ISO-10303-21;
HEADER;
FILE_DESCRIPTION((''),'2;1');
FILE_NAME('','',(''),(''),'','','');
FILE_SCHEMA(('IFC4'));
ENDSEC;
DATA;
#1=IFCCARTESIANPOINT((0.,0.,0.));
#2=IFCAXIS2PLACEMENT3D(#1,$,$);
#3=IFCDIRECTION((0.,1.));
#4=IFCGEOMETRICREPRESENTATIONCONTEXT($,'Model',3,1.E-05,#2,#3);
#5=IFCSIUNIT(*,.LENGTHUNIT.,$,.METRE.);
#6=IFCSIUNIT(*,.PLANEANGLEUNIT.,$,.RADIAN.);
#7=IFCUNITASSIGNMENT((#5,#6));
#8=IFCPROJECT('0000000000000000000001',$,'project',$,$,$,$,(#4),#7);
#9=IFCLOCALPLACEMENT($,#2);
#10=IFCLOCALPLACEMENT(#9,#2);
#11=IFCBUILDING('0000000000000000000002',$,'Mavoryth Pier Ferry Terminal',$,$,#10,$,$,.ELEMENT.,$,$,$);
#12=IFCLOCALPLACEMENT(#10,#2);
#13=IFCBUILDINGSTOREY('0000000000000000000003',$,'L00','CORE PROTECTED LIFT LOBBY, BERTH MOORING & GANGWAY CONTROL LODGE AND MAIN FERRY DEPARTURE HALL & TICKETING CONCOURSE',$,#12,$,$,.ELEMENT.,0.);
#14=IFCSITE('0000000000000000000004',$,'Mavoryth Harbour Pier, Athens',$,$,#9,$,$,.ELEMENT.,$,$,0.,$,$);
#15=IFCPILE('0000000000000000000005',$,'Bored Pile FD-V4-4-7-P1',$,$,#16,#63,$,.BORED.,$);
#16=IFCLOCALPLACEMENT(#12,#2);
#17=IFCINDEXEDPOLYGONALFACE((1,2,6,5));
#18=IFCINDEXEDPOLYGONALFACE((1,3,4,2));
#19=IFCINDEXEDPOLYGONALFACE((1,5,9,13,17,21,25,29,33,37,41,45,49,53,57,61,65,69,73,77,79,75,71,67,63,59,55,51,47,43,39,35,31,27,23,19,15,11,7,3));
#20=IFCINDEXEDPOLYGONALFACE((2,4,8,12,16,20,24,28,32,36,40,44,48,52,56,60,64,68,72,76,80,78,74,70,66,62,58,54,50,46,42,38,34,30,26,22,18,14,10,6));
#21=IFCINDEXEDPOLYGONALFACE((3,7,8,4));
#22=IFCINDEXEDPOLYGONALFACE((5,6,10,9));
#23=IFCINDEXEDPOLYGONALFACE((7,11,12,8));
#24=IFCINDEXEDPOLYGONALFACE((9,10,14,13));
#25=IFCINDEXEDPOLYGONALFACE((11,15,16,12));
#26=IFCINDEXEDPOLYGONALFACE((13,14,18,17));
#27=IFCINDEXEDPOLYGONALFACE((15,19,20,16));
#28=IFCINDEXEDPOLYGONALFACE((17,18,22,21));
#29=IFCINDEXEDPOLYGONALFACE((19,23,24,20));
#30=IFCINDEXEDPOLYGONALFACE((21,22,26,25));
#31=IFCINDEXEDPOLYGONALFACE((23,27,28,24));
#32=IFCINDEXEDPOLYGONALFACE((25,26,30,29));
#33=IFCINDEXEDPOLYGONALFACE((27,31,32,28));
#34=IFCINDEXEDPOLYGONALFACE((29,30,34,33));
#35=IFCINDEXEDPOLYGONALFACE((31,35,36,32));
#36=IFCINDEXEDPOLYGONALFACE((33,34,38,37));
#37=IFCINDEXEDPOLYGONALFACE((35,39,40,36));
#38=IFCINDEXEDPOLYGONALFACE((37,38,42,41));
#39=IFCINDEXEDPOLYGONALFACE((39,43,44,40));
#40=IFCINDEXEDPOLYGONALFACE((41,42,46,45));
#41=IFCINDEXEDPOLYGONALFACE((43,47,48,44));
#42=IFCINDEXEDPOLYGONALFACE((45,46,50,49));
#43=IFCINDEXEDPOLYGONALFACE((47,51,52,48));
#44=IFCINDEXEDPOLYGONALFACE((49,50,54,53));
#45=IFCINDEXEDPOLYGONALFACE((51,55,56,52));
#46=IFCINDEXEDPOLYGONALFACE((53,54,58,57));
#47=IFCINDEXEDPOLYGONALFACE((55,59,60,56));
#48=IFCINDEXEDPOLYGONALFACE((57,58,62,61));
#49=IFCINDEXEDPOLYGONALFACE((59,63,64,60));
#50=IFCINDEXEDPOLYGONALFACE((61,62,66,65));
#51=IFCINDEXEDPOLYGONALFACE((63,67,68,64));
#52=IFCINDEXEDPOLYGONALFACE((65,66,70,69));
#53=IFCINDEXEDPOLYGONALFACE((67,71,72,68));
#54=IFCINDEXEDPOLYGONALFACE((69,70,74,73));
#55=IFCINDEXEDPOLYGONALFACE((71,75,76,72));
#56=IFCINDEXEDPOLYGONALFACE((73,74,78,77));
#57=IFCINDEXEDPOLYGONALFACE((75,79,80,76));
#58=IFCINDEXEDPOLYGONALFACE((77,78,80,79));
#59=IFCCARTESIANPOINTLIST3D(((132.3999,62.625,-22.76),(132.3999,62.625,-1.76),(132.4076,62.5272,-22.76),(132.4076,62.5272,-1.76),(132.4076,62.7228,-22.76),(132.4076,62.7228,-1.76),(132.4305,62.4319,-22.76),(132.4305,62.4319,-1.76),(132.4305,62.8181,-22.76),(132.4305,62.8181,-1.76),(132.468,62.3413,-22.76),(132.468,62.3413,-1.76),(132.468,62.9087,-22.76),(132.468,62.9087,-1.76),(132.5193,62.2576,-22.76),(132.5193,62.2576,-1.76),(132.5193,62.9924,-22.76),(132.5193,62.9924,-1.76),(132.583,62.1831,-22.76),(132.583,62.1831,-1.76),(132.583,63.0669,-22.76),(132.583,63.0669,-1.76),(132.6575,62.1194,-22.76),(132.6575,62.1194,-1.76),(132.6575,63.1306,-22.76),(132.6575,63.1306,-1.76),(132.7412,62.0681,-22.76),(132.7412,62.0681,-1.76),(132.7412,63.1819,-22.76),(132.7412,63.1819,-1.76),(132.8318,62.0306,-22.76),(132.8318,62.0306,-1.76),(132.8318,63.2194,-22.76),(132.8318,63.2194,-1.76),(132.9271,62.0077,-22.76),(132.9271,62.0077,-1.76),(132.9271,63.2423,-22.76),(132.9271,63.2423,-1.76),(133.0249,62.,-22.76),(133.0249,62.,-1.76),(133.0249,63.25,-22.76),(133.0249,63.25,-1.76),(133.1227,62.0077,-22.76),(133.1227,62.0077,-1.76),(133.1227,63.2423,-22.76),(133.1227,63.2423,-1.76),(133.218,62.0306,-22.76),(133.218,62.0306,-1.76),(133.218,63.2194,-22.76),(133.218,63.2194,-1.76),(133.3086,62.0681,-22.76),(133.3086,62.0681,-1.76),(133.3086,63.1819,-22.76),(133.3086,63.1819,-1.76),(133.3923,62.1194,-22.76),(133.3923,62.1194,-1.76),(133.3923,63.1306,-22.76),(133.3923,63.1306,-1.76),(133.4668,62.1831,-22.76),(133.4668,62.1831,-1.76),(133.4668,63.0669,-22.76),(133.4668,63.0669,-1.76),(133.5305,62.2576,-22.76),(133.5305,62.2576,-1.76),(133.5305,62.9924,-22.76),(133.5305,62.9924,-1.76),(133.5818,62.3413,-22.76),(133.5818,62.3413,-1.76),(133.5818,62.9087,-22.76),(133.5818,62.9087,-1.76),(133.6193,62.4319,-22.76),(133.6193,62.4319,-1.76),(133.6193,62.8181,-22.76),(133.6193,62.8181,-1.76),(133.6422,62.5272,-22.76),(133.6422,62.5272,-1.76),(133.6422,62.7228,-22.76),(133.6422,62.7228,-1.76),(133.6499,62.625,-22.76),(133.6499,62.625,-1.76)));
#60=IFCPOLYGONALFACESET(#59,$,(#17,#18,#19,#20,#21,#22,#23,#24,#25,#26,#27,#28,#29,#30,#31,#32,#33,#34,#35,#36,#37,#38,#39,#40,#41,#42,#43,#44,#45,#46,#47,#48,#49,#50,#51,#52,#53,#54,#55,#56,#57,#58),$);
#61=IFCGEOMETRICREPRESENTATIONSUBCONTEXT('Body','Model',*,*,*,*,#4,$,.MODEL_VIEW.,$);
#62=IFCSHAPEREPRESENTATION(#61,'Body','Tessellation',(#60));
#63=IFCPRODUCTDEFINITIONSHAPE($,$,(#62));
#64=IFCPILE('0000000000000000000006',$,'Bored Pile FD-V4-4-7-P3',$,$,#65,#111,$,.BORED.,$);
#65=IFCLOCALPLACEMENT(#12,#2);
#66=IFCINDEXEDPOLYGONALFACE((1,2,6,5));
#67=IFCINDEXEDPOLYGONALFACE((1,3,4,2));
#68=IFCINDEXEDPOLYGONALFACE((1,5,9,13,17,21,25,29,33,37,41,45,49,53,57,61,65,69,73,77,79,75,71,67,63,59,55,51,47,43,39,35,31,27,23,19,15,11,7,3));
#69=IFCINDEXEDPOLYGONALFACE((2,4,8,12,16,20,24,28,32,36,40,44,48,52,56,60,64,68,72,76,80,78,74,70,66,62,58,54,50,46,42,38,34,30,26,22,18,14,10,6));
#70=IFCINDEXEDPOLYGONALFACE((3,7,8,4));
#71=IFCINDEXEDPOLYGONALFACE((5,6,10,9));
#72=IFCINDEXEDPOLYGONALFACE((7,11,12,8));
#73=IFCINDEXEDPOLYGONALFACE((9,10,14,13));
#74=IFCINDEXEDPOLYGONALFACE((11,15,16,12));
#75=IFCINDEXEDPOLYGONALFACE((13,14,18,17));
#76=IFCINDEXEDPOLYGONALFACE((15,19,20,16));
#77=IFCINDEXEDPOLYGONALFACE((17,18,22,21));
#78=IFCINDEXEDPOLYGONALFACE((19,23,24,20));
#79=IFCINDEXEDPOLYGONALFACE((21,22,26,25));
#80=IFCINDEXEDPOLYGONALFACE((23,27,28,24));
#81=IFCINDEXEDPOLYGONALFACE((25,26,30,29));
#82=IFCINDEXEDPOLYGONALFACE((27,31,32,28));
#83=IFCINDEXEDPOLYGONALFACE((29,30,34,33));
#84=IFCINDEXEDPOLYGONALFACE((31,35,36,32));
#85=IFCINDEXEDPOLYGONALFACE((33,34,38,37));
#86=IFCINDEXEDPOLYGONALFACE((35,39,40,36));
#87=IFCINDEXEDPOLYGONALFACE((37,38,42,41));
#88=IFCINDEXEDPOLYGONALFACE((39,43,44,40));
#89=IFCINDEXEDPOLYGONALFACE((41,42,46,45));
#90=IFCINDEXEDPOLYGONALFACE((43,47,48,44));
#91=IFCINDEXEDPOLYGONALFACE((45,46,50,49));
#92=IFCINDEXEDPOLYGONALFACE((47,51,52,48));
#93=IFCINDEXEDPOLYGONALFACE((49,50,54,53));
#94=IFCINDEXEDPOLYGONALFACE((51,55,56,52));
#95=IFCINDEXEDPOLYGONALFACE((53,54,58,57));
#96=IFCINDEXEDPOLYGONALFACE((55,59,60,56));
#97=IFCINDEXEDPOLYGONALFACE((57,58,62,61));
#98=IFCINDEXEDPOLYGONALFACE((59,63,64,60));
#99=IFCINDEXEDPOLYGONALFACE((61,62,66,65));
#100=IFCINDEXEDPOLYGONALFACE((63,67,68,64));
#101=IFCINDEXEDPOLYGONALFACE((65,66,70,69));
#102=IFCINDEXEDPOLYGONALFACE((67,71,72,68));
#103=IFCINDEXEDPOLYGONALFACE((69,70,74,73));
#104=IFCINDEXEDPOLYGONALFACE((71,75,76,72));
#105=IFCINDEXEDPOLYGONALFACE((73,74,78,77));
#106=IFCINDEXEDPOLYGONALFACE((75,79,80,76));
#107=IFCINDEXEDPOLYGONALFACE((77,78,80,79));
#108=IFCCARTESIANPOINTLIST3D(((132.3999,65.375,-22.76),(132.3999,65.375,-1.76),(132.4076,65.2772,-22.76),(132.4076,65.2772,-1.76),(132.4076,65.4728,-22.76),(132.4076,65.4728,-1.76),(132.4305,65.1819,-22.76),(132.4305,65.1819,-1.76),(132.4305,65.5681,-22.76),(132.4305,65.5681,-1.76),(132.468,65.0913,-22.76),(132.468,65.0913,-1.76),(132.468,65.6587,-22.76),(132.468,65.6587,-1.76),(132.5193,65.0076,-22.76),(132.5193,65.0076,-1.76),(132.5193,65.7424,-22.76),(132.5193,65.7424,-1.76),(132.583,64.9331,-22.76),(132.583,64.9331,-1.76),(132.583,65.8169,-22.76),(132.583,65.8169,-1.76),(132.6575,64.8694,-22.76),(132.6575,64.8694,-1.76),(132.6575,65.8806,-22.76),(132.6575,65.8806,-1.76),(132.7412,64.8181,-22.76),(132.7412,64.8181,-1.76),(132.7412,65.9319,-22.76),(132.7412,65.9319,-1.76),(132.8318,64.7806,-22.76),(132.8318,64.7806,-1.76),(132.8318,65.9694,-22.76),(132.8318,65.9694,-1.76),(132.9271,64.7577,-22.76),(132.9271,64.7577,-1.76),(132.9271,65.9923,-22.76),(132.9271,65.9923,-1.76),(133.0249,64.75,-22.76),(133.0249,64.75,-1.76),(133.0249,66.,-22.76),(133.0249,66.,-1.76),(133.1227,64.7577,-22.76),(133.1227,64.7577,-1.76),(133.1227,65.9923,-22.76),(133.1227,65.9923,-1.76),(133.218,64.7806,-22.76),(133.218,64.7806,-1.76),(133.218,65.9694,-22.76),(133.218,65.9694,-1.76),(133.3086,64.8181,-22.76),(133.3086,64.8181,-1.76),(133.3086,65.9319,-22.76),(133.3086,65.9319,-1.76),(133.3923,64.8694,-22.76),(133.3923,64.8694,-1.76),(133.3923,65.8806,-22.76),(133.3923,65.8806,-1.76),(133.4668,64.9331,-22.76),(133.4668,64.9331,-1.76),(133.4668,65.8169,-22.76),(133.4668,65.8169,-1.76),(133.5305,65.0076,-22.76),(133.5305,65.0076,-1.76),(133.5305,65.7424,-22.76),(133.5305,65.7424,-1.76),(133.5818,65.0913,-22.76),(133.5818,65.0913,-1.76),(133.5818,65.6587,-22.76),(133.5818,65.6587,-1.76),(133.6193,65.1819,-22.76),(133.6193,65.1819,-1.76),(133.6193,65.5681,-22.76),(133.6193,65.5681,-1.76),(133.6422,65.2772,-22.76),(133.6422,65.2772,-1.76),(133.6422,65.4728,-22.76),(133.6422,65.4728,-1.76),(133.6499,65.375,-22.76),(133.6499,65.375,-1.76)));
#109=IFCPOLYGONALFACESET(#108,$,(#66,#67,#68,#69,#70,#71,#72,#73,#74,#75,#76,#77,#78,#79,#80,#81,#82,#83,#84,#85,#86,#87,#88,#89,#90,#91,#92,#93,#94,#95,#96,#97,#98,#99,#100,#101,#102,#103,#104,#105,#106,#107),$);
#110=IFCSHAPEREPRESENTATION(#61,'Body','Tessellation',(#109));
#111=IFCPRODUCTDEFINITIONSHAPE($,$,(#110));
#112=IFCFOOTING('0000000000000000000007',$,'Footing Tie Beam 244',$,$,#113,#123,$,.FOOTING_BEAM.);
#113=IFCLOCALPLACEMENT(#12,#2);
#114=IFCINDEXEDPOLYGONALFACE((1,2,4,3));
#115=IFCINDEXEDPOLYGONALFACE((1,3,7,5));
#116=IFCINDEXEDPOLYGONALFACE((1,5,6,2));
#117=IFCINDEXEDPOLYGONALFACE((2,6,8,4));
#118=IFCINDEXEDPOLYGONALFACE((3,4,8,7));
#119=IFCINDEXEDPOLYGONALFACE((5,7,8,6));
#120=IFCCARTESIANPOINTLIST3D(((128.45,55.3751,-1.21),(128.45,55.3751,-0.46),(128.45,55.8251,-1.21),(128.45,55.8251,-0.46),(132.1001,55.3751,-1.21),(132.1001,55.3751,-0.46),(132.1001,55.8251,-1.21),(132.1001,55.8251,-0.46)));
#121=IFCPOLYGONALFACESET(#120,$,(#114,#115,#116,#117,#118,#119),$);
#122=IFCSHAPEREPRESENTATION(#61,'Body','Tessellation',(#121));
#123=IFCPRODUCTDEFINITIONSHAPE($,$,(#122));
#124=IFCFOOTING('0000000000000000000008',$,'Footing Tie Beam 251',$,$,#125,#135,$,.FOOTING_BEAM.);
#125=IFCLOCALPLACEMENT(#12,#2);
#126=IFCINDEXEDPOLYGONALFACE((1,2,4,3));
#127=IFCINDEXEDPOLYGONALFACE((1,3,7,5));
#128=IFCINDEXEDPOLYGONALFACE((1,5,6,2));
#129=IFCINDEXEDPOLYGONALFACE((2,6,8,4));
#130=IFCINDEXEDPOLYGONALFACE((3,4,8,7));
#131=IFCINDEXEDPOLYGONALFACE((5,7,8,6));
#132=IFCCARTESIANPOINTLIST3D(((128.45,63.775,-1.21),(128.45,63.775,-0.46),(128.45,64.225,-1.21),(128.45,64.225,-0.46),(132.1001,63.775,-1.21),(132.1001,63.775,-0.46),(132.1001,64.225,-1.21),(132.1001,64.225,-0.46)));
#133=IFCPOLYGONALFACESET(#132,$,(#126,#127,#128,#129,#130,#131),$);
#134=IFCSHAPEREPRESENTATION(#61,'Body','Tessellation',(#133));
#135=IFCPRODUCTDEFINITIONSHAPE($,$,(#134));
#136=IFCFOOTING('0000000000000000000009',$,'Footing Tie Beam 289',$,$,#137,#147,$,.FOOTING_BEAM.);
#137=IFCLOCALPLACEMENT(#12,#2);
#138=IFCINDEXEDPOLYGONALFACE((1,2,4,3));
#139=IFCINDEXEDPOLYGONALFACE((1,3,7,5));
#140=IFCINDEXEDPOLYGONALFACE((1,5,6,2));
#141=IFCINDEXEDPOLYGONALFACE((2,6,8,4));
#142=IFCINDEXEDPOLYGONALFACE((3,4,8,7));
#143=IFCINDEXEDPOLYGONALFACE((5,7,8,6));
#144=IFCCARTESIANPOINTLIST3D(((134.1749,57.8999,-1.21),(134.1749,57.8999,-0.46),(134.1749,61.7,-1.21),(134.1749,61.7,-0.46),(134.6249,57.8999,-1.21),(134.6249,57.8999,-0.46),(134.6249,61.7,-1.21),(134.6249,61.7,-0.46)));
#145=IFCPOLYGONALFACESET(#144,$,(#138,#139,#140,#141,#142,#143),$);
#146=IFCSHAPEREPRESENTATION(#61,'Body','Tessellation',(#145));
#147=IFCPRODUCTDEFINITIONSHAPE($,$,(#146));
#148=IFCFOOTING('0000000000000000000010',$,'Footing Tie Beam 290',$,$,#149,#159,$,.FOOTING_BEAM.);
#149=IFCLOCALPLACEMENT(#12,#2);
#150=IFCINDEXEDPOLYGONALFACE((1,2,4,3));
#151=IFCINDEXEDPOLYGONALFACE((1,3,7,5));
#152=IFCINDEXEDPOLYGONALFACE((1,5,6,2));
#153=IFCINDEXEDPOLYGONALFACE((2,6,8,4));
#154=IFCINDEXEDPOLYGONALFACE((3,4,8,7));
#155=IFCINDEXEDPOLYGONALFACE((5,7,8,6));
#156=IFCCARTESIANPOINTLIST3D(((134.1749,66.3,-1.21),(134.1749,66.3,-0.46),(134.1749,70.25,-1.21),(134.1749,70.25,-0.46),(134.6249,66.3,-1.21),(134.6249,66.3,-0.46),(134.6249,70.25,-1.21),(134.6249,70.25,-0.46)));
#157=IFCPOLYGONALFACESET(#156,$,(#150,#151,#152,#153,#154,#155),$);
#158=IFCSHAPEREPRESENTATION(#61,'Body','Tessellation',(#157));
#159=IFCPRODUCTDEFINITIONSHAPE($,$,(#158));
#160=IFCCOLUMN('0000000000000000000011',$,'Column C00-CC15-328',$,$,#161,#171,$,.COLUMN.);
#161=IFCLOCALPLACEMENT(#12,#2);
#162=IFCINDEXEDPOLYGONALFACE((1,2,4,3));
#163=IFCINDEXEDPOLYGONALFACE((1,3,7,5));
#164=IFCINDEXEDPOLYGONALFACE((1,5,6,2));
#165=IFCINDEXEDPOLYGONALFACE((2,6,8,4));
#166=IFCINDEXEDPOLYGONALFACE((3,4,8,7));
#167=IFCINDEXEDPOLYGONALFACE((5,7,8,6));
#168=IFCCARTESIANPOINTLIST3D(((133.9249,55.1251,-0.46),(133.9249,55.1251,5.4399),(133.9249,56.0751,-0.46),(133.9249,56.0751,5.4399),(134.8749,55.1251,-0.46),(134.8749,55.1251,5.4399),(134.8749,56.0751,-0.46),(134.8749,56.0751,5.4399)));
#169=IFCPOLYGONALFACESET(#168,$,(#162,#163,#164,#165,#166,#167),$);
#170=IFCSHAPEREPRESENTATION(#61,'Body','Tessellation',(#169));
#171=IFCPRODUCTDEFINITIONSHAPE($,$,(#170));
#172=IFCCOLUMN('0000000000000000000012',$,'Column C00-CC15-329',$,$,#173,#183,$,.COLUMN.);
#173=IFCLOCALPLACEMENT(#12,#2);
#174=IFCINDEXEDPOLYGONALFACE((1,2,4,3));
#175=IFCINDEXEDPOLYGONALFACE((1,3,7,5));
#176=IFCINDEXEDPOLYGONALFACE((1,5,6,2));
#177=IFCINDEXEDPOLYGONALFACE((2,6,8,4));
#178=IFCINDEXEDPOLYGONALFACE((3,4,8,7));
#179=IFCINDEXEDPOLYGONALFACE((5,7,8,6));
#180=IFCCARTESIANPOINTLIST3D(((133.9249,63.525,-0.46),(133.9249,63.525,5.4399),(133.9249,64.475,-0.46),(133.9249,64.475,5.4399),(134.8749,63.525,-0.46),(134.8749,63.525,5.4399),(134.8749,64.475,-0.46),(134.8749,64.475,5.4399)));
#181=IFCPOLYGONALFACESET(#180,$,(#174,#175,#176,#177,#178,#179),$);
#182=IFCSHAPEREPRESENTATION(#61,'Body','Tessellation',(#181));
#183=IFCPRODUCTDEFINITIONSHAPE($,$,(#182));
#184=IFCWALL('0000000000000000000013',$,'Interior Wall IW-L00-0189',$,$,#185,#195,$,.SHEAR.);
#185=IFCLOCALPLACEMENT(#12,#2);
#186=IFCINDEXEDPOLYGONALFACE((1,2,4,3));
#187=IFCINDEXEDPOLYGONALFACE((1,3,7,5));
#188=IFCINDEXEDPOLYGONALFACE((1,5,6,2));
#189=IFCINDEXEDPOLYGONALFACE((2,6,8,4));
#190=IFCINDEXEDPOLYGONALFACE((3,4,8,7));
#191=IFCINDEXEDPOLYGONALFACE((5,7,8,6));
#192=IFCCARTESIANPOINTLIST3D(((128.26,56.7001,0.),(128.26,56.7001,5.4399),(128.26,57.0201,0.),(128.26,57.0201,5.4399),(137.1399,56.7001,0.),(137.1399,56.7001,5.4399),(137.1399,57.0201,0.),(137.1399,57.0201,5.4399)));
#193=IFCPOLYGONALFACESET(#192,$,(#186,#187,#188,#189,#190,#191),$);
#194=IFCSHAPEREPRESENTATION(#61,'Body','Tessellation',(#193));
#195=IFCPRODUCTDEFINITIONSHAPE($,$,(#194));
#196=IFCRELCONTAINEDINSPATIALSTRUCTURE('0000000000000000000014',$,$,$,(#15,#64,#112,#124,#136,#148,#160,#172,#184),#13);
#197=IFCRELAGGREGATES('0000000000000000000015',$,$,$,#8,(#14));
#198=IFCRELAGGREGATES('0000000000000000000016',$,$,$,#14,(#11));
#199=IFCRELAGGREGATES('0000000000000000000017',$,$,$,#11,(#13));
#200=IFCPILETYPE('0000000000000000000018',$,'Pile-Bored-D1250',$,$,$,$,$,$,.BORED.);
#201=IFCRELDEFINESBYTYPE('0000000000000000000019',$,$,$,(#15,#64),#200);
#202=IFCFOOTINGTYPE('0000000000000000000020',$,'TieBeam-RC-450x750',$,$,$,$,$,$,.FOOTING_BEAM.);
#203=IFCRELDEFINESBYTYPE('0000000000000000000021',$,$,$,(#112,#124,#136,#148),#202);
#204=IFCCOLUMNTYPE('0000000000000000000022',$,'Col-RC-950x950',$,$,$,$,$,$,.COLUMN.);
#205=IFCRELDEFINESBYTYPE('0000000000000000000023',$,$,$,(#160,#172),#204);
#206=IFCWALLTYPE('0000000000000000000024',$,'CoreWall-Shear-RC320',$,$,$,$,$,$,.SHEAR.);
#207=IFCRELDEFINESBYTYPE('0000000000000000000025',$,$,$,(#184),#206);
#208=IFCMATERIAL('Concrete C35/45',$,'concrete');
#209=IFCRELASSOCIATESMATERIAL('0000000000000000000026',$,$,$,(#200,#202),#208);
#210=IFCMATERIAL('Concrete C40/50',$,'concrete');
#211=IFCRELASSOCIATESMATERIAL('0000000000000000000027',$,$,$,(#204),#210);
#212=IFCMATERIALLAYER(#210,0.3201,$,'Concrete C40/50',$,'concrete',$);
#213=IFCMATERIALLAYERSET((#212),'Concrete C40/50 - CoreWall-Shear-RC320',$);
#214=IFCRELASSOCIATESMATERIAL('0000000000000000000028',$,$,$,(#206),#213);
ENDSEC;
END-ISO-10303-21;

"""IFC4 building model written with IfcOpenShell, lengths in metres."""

from ifc_helpers import new_model, si_unit, direction, frame, frame_2d, origin, origin_2d, place, context, subcontext, project, spatial, rectangle, circle, extrude, material, layer, layer_set, material_profile, profile_set, type_object, element, save


model = new_model("IFC4")

# Units and contexts
model_context = context("Model", 3, precision=1e-05, world=origin(), true_north=direction((0.0, 1.0)))
body_context = subcontext(model_context, "Body", "Model", "MODEL_VIEW")
ifc_project = project(units=[si_unit("LENGTHUNIT", "METRE"), si_unit("PLANEANGLEUNIT", "RADIAN")], contexts=[model_context])

# Site, building, storey
site_placement = place(None, origin())
site = spatial("IfcSite", under=ifc_project, at=site_placement, Name="Mavoryth Harbour Pier, Athens", CompositionType="ELEMENT", RefElevation=0.0)
building_placement = place(site_placement, origin())
building = spatial("IfcBuilding", under=site, at=building_placement, Name="Mavoryth Pier Ferry Terminal", CompositionType="ELEMENT")
storey_placement = place(building_placement, origin())
storey = spatial("IfcBuildingStorey", under=building, at=storey_placement, Name="L00", Description="CORE PROTECTED LIFT LOBBY, BERTH MOORING & GANGWAY CONTROL LODGE AND MAIN FERRY DEPARTURE HALL & TICKETING CONCOURSE", CompositionType="ELEMENT", Elevation=0.0)

# Shared definitions
ifc_material_1 = material(Name="Concrete C35/45", Category="concrete")

# Piles
ifc_material_profile_1 = material_profile(ifc_material_1, circle(Radius=0.625, at=origin_2d()), Name="PILE D1250", Category="concrete")
ifc_profile_set_1 = profile_set([ifc_material_profile_1], Name="Concrete C35/45 - PILE D1250")
pile_type_1 = type_object("IfcPileType", Name="Pile-Bored-D1250", PredefinedType="BORED", material=ifc_profile_set_1)
for number, where, z_axis, x_axis, name in (
    (1, (133.0249, 62.625, -1.76), (0.0, 0.0, -1.0), (1.0, 0.0, 0.0), "Bored Pile FD-V4-4-7-P1"),
    (2, (133.0249, 65.375, -1.76), (0.0, 0.0, -1.0), (1.0, 0.0, 0.0), "Bored Pile FD-V4-4-7-P3"),
):
    element("IfcPile", number, at=place(storey_placement, frame(where, z_axis=z_axis, x_axis=x_axis)), inside=storey, type_object=pile_type_1, Name=name, PredefinedType="BORED", context=body_context, shape_type="SweptSolid", body=[
        extrude(circle(Radius=0.625, at=origin_2d()), origin(), (0.0, 0.0, 1.0), 21.0),
    ])

# Footings
ifc_material_profile_2 = material_profile(ifc_material_1, rectangle(XDim=0.45, YDim=0.75, at=origin_2d()), Name="RC 450x750", Category="concrete")
ifc_profile_set_2 = profile_set([ifc_material_profile_2], Name="Concrete C35/45 - RC 450x750")
footing_type_1 = type_object("IfcFootingType", Name="TieBeam-RC-450x750", PredefinedType="FOOTING_BEAM", material=ifc_profile_set_2)
for number, where, z_axis, x_axis, name in (
    (3, (128.45, 55.6001, -0.835), (1.0, 0.0, 0.0), (0.0, 1.0, 0.0), "Footing Tie Beam 244"),
    (4, (128.45, 64.0, -0.835), (1.0, 0.0, 0.0), (0.0, 1.0, 0.0), "Footing Tie Beam 251"),
):
    element("IfcFooting", number, at=place(storey_placement, frame(where, z_axis=z_axis, x_axis=x_axis)), inside=storey, type_object=footing_type_1, Name=name, PredefinedType="FOOTING_BEAM", context=body_context, shape_type="SweptSolid", body=[
        extrude(rectangle(XDim=0.45, YDim=0.75, at=origin_2d()), origin(), (0.0, 0.0, 1.0), 3.6501),
    ])
footing_1_placement = place(storey_placement, frame((134.3999, 57.8999, -0.835), z_axis=(0.0, 1.0, 0.0), x_axis=(-1.0, 0.0, 0.0)))
element("IfcFooting", 5, at=footing_1_placement, inside=storey, type_object=footing_type_1, Name="Footing Tie Beam 289", PredefinedType="FOOTING_BEAM", context=body_context, shape_type="SweptSolid", body=[
    extrude(rectangle(XDim=0.45, YDim=0.75, at=origin_2d()), origin(), (0.0, 0.0, 1.0), 3.8),
])
footing_2_placement = place(storey_placement, frame((134.3999, 66.3, -0.835), z_axis=(0.0, 1.0, 0.0), x_axis=(-1.0, 0.0, 0.0)))
element("IfcFooting", 6, at=footing_2_placement, inside=storey, type_object=footing_type_1, Name="Footing Tie Beam 290", PredefinedType="FOOTING_BEAM", context=body_context, shape_type="SweptSolid", body=[
    extrude(rectangle(XDim=0.45, YDim=0.75, at=origin_2d()), origin(), (0.0, 0.0, 1.0), 3.95),
])

# Columns
ifc_material_2 = material(Name="Concrete C40/50", Category="concrete")
ifc_material_profile_3 = material_profile(ifc_material_2, rectangle(XDim=0.95, YDim=0.95, at=origin_2d()), Name="RC 950x950", Category="concrete")
ifc_profile_set_3 = profile_set([ifc_material_profile_3], Name="Concrete C40/50 - RC 950x950")
column_type = type_object("IfcColumnType", Name="Col-RC-950x950", PredefinedType="COLUMN", material=ifc_profile_set_3)
for number, where, z_axis, x_axis, name in (
    (7, (134.3999, 55.6001, -0.46), (0.0, 0.0, 1.0), (1.0, 0.0, 0.0), "Column C00-CC15-328"),
    (8, (134.3999, 64.0, -0.46), (0.0, 0.0, 1.0), (1.0, 0.0, 0.0), "Column C00-CC15-329"),
):
    element("IfcColumn", number, at=place(storey_placement, frame(where, z_axis=z_axis, x_axis=x_axis)), inside=storey, type_object=column_type, Name=name, PredefinedType="COLUMN", context=body_context, shape_type="SweptSolid", body=[
        extrude(rectangle(XDim=0.95, YDim=0.95, at=origin_2d()), origin(), (0.0, 0.0, 1.0), 5.8999),
    ])

# Wall
ifc_layer_1 = layer(ifc_material_2, 0.3201, Name="Concrete C40/50", Category="concrete")
ifc_layer_set_1 = layer_set([ifc_layer_1], Name="Concrete C40/50 - CoreWall-Shear-RC320")
wall_type = type_object("IfcWallType", Name="CoreWall-Shear-RC320", PredefinedType="SHEAR", material=ifc_layer_set_1)
for number, where, z_axis, x_axis, name in (
    (9, (128.26, 56.8601, 0.0), (0.0, 0.0, 1.0), (1.0, 0.0, 0.0), "Interior Wall IW-L00-0189"),
):
    element("IfcWall", number, at=place(storey_placement, frame(where, z_axis=z_axis, x_axis=x_axis)), inside=storey, type_object=wall_type, Name=name, PredefinedType="SHEAR", context=body_context, shape_type="SweptSolid", body=[
        extrude(rectangle(XDim=8.8799, YDim=0.3201, at=frame_2d((4.4399, 0.0))), origin(), (0.0, 0.0, 1.0), 5.4399),
    ])

save(model, "model.ifc")
